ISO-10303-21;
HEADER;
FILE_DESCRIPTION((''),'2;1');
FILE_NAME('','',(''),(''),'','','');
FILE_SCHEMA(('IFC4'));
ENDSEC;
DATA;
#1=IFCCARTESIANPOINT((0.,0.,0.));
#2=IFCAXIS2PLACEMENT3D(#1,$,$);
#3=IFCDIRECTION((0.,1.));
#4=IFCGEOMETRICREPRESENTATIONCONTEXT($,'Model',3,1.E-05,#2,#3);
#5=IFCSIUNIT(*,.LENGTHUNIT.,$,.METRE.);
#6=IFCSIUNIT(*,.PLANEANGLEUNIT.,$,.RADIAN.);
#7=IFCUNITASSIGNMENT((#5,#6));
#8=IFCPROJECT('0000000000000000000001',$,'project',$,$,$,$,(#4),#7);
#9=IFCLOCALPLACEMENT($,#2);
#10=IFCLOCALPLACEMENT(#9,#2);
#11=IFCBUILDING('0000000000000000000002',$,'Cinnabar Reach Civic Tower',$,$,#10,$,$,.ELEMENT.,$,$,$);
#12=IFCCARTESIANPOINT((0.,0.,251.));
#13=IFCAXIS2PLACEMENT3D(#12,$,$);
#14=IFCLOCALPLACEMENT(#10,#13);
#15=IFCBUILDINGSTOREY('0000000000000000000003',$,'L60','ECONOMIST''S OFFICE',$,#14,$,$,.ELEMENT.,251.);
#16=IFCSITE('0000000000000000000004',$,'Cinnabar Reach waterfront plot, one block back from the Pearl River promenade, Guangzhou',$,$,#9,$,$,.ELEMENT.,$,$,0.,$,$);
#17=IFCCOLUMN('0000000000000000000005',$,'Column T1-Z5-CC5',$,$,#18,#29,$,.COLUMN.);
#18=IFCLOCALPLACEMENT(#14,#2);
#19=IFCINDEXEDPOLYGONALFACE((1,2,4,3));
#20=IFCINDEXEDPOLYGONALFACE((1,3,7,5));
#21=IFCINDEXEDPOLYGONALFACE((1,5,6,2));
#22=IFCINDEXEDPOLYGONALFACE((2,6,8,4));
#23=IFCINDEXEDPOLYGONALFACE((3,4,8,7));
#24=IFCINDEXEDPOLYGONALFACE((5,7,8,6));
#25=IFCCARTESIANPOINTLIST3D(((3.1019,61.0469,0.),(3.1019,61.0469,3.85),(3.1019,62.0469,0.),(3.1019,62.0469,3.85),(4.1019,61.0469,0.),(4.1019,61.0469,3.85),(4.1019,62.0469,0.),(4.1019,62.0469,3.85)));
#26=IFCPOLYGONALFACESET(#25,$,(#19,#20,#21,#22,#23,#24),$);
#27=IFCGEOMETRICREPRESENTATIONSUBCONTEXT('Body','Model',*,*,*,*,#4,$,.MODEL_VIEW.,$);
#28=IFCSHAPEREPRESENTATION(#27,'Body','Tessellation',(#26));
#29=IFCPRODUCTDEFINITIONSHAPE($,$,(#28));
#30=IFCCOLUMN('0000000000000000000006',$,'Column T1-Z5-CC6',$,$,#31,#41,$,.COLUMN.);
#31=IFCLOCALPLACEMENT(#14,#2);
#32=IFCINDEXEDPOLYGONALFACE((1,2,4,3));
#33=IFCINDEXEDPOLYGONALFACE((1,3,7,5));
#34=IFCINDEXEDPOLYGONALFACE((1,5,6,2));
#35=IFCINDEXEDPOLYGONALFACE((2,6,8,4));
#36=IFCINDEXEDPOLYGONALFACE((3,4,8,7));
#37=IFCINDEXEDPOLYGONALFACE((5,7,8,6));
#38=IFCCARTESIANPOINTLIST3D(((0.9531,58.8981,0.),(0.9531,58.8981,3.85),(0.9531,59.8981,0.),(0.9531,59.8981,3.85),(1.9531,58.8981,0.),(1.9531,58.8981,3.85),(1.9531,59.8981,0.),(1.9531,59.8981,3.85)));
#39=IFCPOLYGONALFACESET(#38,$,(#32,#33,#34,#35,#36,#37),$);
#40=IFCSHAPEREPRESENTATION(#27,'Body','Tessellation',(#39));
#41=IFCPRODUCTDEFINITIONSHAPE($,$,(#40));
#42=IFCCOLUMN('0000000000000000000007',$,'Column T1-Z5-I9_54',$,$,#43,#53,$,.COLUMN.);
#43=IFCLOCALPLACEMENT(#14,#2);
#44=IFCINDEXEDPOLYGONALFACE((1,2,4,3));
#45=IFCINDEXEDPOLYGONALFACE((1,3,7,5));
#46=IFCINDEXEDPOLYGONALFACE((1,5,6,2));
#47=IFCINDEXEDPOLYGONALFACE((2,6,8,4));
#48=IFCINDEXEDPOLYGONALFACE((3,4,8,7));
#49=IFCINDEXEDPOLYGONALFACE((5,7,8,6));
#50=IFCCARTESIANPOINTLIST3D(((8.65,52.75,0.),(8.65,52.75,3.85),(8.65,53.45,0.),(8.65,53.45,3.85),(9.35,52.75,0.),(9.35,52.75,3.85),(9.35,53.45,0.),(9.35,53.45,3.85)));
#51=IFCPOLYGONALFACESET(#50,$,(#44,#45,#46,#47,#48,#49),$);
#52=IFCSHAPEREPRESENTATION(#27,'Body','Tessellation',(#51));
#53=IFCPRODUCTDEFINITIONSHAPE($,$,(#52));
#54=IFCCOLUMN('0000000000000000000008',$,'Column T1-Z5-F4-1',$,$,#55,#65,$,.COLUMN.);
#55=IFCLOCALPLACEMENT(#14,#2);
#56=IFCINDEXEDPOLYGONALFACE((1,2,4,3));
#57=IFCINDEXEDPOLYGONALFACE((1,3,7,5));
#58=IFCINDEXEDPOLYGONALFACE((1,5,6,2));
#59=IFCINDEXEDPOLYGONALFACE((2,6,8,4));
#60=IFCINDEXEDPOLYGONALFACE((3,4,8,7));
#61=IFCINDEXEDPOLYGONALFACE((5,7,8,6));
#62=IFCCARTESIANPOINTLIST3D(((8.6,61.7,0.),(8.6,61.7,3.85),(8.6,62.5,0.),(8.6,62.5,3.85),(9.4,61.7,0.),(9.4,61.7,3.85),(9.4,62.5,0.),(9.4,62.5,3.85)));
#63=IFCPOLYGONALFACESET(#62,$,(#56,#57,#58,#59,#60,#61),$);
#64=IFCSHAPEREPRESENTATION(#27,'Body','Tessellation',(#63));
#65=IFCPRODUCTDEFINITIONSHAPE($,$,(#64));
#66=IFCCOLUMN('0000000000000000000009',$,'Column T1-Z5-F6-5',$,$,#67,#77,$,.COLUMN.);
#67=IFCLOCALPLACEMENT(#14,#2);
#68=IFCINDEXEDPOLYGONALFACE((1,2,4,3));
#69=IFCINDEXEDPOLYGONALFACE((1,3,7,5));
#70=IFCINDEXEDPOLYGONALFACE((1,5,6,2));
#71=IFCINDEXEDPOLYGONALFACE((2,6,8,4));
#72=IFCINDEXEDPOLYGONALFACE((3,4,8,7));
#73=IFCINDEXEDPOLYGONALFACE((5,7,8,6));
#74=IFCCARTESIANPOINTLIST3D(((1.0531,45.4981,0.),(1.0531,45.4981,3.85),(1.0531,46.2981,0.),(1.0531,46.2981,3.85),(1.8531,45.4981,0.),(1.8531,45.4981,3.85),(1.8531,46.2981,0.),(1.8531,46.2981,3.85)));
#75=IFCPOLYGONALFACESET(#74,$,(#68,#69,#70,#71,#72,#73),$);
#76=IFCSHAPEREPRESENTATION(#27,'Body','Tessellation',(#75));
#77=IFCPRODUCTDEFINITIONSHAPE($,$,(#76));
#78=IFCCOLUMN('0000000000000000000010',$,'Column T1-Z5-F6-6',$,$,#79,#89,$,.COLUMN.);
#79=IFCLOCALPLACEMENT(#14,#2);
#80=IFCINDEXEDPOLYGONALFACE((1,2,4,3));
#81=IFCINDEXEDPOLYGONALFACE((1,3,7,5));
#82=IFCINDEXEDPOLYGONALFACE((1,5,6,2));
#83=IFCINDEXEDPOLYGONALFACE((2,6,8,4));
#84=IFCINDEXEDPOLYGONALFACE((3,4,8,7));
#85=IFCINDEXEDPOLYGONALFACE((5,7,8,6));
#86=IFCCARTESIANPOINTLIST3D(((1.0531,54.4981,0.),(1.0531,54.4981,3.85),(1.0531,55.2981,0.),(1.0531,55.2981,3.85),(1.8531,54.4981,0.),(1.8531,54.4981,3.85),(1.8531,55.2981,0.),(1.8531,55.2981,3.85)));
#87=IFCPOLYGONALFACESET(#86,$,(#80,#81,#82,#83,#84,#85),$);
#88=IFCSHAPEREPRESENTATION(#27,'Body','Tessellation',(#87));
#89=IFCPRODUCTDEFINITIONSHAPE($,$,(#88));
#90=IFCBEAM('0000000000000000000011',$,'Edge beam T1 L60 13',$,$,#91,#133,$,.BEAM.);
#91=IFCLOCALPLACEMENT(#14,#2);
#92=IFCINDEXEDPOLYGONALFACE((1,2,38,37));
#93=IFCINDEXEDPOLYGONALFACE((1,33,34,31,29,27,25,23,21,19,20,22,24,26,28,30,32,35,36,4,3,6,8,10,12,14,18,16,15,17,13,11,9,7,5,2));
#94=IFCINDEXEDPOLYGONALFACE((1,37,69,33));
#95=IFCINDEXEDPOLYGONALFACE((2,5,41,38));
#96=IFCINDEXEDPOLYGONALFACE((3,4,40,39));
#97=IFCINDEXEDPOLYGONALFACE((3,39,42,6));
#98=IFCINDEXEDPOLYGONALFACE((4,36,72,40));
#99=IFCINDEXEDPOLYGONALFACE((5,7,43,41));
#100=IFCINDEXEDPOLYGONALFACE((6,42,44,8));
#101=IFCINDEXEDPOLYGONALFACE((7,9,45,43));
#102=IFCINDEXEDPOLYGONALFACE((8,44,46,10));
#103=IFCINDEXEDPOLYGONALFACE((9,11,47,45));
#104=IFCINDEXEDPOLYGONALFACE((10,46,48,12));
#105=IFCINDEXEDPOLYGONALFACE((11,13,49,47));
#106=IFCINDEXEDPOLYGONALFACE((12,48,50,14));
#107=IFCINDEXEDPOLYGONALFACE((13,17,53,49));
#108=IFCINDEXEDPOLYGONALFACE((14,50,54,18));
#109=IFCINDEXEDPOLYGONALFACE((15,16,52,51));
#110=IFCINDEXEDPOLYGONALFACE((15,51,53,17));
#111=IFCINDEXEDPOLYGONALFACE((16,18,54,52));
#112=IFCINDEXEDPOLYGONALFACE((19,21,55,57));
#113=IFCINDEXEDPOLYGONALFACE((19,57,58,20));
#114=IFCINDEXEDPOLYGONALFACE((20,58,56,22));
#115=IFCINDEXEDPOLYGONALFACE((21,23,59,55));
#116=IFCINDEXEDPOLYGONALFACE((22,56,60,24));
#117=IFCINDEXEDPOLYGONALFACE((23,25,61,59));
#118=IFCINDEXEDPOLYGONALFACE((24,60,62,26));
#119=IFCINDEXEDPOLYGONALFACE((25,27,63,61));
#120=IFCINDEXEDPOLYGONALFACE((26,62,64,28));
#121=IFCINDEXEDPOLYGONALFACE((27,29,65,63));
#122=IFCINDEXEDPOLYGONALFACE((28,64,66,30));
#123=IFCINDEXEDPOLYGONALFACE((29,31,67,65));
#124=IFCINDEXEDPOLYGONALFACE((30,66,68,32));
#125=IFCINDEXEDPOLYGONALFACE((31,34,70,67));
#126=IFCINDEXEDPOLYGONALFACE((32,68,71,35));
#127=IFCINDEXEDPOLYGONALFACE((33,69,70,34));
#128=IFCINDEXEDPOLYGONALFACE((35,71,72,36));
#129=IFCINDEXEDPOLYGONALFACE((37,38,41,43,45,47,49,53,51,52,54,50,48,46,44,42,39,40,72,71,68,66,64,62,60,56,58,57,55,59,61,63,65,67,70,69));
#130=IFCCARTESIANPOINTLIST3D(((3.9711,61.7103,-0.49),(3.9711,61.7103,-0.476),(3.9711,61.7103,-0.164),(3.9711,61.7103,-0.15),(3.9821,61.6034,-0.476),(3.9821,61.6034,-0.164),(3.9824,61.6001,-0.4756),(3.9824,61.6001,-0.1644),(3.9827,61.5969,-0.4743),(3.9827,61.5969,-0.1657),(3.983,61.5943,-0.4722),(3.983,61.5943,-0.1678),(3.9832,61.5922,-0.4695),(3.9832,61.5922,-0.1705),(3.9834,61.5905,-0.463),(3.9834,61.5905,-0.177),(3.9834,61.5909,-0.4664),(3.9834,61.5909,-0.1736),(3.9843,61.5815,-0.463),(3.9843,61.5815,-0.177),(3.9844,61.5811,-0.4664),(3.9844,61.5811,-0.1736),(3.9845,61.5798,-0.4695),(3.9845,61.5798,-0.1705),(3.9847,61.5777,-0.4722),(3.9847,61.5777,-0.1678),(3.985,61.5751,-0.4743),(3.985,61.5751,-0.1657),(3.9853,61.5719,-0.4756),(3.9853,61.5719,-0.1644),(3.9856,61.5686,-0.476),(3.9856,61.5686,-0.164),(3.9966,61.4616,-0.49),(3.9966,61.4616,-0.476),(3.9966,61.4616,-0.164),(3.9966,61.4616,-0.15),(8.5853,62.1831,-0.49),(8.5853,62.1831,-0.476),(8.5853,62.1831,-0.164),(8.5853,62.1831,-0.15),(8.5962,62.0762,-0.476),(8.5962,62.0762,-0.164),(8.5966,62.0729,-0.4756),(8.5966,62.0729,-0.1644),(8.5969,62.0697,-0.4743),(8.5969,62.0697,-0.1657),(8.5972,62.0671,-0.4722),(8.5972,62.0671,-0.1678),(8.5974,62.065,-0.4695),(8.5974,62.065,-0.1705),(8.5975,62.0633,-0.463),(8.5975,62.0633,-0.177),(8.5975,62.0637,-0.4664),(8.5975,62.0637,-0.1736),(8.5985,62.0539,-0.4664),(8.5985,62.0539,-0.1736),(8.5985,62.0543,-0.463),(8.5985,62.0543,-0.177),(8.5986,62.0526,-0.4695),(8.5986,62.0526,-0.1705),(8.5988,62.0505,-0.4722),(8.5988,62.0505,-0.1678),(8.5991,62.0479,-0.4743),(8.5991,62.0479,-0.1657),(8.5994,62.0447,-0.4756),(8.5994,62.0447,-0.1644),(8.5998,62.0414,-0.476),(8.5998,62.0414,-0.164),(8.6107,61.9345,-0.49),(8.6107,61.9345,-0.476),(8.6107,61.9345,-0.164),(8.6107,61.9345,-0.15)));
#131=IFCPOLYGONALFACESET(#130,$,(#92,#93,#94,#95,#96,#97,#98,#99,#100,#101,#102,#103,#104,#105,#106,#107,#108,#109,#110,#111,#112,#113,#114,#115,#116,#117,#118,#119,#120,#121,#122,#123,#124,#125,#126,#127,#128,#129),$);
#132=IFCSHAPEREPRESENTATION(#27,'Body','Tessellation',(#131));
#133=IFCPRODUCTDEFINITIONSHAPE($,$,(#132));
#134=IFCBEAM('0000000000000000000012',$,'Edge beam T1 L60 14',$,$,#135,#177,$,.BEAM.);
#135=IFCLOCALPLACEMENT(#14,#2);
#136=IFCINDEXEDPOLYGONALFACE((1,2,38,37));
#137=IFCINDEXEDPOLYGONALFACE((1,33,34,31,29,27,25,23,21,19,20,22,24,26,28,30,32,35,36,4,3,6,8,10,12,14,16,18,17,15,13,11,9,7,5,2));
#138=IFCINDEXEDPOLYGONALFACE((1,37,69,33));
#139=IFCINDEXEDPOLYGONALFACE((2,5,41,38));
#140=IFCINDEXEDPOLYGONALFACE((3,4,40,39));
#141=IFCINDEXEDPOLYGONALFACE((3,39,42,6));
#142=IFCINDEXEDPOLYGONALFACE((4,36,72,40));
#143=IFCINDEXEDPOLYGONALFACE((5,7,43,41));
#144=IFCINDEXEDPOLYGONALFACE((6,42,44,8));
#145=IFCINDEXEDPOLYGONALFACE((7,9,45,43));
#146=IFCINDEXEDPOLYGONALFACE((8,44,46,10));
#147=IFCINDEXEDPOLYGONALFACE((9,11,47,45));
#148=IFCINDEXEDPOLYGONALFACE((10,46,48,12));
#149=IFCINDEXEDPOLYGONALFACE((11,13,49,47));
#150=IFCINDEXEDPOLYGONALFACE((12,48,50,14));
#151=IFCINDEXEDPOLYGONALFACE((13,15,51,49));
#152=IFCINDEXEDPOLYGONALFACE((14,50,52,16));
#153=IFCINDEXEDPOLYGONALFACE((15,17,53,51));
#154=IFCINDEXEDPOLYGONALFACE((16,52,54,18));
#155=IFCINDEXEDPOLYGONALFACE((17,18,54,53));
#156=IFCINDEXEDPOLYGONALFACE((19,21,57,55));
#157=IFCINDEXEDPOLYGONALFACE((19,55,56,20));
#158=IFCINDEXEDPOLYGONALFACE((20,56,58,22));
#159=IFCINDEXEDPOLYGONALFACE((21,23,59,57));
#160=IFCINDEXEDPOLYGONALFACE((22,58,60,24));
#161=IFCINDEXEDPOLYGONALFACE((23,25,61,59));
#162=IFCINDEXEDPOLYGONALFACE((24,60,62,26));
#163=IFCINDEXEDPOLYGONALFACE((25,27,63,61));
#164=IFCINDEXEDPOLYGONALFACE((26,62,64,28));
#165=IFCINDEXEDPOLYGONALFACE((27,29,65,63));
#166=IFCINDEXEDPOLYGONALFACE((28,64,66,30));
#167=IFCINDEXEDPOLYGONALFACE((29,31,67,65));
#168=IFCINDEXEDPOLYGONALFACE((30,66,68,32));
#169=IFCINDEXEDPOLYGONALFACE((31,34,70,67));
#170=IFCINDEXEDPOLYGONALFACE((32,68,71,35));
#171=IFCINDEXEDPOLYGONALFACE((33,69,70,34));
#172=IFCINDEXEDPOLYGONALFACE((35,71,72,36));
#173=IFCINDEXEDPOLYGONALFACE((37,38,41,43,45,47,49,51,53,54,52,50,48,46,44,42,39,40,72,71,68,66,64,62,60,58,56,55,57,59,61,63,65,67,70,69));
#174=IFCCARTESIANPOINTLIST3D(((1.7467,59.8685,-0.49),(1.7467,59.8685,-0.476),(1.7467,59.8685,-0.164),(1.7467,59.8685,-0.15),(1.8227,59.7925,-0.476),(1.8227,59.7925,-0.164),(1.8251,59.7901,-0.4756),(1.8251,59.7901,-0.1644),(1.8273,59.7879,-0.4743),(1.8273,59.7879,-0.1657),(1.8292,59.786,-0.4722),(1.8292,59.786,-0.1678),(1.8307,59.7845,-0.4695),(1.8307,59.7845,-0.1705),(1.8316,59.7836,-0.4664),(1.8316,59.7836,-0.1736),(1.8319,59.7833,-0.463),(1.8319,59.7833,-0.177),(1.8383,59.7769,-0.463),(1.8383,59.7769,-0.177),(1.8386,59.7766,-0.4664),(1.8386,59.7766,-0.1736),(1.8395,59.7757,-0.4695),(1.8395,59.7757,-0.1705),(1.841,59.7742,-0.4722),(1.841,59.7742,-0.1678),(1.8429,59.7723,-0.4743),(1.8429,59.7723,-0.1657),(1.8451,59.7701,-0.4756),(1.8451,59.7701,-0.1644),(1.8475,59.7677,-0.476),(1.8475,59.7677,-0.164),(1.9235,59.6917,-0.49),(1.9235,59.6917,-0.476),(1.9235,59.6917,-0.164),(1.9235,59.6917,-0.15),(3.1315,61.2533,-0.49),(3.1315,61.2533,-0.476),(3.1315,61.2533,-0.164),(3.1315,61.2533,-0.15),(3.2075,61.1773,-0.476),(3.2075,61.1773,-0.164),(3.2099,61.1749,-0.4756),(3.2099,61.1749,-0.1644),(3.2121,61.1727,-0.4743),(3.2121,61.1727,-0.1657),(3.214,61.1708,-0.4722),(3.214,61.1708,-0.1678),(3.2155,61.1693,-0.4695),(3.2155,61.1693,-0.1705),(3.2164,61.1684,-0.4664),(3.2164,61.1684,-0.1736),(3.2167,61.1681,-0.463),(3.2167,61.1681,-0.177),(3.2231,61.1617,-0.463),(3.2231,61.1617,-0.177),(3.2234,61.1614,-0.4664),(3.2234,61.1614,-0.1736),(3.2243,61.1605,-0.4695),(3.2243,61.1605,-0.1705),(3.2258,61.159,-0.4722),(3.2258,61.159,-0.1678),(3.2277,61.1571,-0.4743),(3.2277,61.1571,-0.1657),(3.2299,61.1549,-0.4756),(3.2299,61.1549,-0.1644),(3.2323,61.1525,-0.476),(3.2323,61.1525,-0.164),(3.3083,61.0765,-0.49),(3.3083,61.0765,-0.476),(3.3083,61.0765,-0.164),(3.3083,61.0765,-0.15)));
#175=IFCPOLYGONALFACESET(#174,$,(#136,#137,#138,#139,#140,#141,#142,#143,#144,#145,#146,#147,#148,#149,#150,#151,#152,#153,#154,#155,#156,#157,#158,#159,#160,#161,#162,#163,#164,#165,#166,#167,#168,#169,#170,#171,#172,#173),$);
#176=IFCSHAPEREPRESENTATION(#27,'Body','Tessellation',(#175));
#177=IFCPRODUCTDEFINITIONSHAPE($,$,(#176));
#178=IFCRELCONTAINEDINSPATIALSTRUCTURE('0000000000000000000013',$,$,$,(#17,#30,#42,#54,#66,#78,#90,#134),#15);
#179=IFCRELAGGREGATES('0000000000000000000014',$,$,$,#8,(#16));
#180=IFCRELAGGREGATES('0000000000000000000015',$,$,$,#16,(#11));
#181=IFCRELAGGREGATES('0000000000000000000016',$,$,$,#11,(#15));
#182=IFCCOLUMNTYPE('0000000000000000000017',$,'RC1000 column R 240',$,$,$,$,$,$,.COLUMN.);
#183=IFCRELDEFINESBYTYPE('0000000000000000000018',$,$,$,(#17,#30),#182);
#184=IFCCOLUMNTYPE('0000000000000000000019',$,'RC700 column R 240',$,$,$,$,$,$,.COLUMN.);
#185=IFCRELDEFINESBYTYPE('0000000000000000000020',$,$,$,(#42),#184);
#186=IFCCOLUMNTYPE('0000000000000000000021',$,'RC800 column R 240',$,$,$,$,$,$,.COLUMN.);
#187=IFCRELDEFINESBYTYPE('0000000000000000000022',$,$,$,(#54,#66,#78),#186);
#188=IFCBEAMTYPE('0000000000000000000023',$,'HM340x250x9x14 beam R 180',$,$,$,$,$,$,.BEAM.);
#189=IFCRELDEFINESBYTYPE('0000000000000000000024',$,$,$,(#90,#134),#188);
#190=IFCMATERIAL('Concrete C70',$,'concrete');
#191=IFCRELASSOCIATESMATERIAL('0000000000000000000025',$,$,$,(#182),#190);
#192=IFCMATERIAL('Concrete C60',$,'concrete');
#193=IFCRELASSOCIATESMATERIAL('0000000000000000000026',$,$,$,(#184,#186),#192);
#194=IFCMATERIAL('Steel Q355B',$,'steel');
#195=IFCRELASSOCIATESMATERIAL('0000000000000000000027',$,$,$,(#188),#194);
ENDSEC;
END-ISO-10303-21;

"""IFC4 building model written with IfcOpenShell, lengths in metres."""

from ifc_helpers import new_model, si_unit, direction, frame, origin, origin_2d, place, context, subcontext, project, spatial, rectangle, i_section, extrude, material, material_profile, profile_set, type_object, element, save


model = new_model("IFC4")

# Units and contexts
model_context = context("Model", 3, precision=1e-05, world=origin(), true_north=direction((0.0, 1.0)))
body_context = subcontext(model_context, "Body", "Model", "MODEL_VIEW")
ifc_project = project(units=[si_unit("LENGTHUNIT", "METRE"), si_unit("PLANEANGLEUNIT", "RADIAN")], contexts=[model_context])

# Site, building, storey
site_placement = place(None, origin())
site = spatial("IfcSite", under=ifc_project, at=site_placement, Name="Cinnabar Reach waterfront plot, one block back from the Pearl River promenade, Guangzhou", CompositionType="ELEMENT", RefElevation=0.0)
building_placement = place(site_placement, origin())
building = spatial("IfcBuilding", under=site, at=building_placement, Name="Cinnabar Reach Civic Tower", CompositionType="ELEMENT")
storey_placement = place(building_placement, frame((0.0, 0.0, 251.0)))
storey = spatial("IfcBuildingStorey", under=building, at=storey_placement, Name="L60", Description="ECONOMIST'S OFFICE", CompositionType="ELEMENT", Elevation=251.0)

# Columns
ifc_material_1 = material(Name="Concrete C70", Category="concrete")
ifc_material_profile_1 = material_profile(ifc_material_1, rectangle(XDim=1.0, YDim=1.0, at=origin_2d()), Name="RC1000")
ifc_profile_set_1 = profile_set([ifc_material_profile_1], Name="Concrete C70")
column_type_1 = type_object("IfcColumnType", Name="RC1000 column R 240", PredefinedType="COLUMN", material=ifc_profile_set_1)
for number, where, z_axis, x_axis, name in (
    (1, (3.6019, 61.5469, 0.0), (0.0, 0.0, 1.0), (1.0, 0.0, 0.0), "Column T1-Z5-CC5"),
    (2, (1.4531, 59.3981, 0.0), (0.0, 0.0, 1.0), (1.0, 0.0, 0.0), "Column T1-Z5-CC6"),
):
    element("IfcColumn", number, at=place(storey_placement, frame(where, z_axis=z_axis, x_axis=x_axis)), inside=storey, type_object=column_type_1, Name=name, PredefinedType="COLUMN", context=body_context, shape_type="SweptSolid", body=[
        extrude(rectangle(XDim=1.0, YDim=1.0, at=origin_2d()), origin(), (0.0, 0.0, 1.0), 3.85),
    ])
ifc_material_2 = material(Name="Concrete C60", Category="concrete")
ifc_material_profile_2 = material_profile(ifc_material_2, rectangle(XDim=0.7, YDim=0.7, at=origin_2d()), Name="RC700")
ifc_profile_set_2 = profile_set([ifc_material_profile_2], Name="Concrete C60")
column_type_2 = type_object("IfcColumnType", Name="RC700 column R 240", PredefinedType="COLUMN", material=ifc_profile_set_2)
column_placement = place(storey_placement, frame((9.0, 53.1, 0.0), z_axis=(0.0, 0.0, 1.0), x_axis=(1.0, 0.0, 0.0)))
element("IfcColumn", 3, at=column_placement, inside=storey, type_object=column_type_2, Name="Column T1-Z5-I9_54", PredefinedType="COLUMN", context=body_context, shape_type="SweptSolid", body=[
    extrude(rectangle(XDim=0.7, YDim=0.7, at=origin_2d()), origin(), (0.0, 0.0, 1.0), 3.85),
])
ifc_material_profile_3 = material_profile(ifc_material_2, rectangle(XDim=0.8, YDim=0.8, at=origin_2d()), Name="RC800")
ifc_profile_set_3 = profile_set([ifc_material_profile_3], Name="Concrete C60")
column_type_3 = type_object("IfcColumnType", Name="RC800 column R 240", PredefinedType="COLUMN", material=ifc_profile_set_3)
for number, where, z_axis, x_axis, name in (
    (4, (9.0, 62.1, 0.0), (0.0, 0.0, 1.0), (1.0, 0.0, 0.0), "Column T1-Z5-F4-1"),
    (5, (1.4531, 45.8981, 0.0), (0.0, 0.0, 1.0), (1.0, 0.0, 0.0), "Column T1-Z5-F6-5"),
    (6, (1.4531, 54.8981, 0.0), (0.0, 0.0, 1.0), (1.0, 0.0, 0.0), "Column T1-Z5-F6-6"),
):
    element("IfcColumn", number, at=place(storey_placement, frame(where, z_axis=z_axis, x_axis=x_axis)), inside=storey, type_object=column_type_3, Name=name, PredefinedType="COLUMN", context=body_context, shape_type="SweptSolid", body=[
        extrude(rectangle(XDim=0.8, YDim=0.8, at=origin_2d()), origin(), (0.0, 0.0, 1.0), 3.85),
    ])

# Beams
ifc_material_3 = material(Name="Steel Q355B", Category="steel")
ifc_material_profile_4 = material_profile(ifc_material_3, i_section(OverallWidth=0.25, OverallDepth=0.34, WebThickness=0.009, FlangeThickness=0.014, FilletRadius=0.013, at=origin_2d()), Name="HM340x250x9x14")
ifc_profile_set_4 = profile_set([ifc_material_profile_4], Name="Steel Q355B")
beam_type_1 = type_object("IfcBeamType", Name="HM340x250x9x14 beam R 180", PredefinedType="BEAM", material=ifc_profile_set_4)
beam_1_placement = place(storey_placement, frame((8.598, 62.0588, -0.32), z_axis=(-0.994791, -0.101935, 0.0), x_axis=(0.101935, -0.994791, 0.0)))
element("IfcBeam", 7, at=beam_1_placement, inside=storey, type_object=beam_type_1, Name="Edge beam T1 L60 13", PredefinedType="BEAM", context=body_context, shape_type="SweptSolid", body=[
    extrude(i_section(OverallWidth=0.25, OverallDepth=0.34, WebThickness=0.009, FlangeThickness=0.014, FilletRadius=0.013, at=origin_2d()), origin(), (0.0, 0.0, 1.0), 4.6383),
])
beam_2_placement = place(storey_placement, frame((3.2199, 61.1649, -0.32), z_axis=(-0.707107, -0.707107, 0.0), x_axis=(0.707107, -0.707107, 0.0)))
element("IfcBeam", 8, at=beam_2_placement, inside=storey, type_object=beam_type_1, Name="Edge beam T1 L60 14", PredefinedType="BEAM", context=body_context, shape_type="SweptSolid", body=[
    extrude(i_section(OverallWidth=0.25, OverallDepth=0.34, WebThickness=0.009, FlangeThickness=0.014, FilletRadius=0.013, at=origin_2d()), origin(), (0.0, 0.0, 1.0), 1.9584),
])

save(model, "model.ifc")
